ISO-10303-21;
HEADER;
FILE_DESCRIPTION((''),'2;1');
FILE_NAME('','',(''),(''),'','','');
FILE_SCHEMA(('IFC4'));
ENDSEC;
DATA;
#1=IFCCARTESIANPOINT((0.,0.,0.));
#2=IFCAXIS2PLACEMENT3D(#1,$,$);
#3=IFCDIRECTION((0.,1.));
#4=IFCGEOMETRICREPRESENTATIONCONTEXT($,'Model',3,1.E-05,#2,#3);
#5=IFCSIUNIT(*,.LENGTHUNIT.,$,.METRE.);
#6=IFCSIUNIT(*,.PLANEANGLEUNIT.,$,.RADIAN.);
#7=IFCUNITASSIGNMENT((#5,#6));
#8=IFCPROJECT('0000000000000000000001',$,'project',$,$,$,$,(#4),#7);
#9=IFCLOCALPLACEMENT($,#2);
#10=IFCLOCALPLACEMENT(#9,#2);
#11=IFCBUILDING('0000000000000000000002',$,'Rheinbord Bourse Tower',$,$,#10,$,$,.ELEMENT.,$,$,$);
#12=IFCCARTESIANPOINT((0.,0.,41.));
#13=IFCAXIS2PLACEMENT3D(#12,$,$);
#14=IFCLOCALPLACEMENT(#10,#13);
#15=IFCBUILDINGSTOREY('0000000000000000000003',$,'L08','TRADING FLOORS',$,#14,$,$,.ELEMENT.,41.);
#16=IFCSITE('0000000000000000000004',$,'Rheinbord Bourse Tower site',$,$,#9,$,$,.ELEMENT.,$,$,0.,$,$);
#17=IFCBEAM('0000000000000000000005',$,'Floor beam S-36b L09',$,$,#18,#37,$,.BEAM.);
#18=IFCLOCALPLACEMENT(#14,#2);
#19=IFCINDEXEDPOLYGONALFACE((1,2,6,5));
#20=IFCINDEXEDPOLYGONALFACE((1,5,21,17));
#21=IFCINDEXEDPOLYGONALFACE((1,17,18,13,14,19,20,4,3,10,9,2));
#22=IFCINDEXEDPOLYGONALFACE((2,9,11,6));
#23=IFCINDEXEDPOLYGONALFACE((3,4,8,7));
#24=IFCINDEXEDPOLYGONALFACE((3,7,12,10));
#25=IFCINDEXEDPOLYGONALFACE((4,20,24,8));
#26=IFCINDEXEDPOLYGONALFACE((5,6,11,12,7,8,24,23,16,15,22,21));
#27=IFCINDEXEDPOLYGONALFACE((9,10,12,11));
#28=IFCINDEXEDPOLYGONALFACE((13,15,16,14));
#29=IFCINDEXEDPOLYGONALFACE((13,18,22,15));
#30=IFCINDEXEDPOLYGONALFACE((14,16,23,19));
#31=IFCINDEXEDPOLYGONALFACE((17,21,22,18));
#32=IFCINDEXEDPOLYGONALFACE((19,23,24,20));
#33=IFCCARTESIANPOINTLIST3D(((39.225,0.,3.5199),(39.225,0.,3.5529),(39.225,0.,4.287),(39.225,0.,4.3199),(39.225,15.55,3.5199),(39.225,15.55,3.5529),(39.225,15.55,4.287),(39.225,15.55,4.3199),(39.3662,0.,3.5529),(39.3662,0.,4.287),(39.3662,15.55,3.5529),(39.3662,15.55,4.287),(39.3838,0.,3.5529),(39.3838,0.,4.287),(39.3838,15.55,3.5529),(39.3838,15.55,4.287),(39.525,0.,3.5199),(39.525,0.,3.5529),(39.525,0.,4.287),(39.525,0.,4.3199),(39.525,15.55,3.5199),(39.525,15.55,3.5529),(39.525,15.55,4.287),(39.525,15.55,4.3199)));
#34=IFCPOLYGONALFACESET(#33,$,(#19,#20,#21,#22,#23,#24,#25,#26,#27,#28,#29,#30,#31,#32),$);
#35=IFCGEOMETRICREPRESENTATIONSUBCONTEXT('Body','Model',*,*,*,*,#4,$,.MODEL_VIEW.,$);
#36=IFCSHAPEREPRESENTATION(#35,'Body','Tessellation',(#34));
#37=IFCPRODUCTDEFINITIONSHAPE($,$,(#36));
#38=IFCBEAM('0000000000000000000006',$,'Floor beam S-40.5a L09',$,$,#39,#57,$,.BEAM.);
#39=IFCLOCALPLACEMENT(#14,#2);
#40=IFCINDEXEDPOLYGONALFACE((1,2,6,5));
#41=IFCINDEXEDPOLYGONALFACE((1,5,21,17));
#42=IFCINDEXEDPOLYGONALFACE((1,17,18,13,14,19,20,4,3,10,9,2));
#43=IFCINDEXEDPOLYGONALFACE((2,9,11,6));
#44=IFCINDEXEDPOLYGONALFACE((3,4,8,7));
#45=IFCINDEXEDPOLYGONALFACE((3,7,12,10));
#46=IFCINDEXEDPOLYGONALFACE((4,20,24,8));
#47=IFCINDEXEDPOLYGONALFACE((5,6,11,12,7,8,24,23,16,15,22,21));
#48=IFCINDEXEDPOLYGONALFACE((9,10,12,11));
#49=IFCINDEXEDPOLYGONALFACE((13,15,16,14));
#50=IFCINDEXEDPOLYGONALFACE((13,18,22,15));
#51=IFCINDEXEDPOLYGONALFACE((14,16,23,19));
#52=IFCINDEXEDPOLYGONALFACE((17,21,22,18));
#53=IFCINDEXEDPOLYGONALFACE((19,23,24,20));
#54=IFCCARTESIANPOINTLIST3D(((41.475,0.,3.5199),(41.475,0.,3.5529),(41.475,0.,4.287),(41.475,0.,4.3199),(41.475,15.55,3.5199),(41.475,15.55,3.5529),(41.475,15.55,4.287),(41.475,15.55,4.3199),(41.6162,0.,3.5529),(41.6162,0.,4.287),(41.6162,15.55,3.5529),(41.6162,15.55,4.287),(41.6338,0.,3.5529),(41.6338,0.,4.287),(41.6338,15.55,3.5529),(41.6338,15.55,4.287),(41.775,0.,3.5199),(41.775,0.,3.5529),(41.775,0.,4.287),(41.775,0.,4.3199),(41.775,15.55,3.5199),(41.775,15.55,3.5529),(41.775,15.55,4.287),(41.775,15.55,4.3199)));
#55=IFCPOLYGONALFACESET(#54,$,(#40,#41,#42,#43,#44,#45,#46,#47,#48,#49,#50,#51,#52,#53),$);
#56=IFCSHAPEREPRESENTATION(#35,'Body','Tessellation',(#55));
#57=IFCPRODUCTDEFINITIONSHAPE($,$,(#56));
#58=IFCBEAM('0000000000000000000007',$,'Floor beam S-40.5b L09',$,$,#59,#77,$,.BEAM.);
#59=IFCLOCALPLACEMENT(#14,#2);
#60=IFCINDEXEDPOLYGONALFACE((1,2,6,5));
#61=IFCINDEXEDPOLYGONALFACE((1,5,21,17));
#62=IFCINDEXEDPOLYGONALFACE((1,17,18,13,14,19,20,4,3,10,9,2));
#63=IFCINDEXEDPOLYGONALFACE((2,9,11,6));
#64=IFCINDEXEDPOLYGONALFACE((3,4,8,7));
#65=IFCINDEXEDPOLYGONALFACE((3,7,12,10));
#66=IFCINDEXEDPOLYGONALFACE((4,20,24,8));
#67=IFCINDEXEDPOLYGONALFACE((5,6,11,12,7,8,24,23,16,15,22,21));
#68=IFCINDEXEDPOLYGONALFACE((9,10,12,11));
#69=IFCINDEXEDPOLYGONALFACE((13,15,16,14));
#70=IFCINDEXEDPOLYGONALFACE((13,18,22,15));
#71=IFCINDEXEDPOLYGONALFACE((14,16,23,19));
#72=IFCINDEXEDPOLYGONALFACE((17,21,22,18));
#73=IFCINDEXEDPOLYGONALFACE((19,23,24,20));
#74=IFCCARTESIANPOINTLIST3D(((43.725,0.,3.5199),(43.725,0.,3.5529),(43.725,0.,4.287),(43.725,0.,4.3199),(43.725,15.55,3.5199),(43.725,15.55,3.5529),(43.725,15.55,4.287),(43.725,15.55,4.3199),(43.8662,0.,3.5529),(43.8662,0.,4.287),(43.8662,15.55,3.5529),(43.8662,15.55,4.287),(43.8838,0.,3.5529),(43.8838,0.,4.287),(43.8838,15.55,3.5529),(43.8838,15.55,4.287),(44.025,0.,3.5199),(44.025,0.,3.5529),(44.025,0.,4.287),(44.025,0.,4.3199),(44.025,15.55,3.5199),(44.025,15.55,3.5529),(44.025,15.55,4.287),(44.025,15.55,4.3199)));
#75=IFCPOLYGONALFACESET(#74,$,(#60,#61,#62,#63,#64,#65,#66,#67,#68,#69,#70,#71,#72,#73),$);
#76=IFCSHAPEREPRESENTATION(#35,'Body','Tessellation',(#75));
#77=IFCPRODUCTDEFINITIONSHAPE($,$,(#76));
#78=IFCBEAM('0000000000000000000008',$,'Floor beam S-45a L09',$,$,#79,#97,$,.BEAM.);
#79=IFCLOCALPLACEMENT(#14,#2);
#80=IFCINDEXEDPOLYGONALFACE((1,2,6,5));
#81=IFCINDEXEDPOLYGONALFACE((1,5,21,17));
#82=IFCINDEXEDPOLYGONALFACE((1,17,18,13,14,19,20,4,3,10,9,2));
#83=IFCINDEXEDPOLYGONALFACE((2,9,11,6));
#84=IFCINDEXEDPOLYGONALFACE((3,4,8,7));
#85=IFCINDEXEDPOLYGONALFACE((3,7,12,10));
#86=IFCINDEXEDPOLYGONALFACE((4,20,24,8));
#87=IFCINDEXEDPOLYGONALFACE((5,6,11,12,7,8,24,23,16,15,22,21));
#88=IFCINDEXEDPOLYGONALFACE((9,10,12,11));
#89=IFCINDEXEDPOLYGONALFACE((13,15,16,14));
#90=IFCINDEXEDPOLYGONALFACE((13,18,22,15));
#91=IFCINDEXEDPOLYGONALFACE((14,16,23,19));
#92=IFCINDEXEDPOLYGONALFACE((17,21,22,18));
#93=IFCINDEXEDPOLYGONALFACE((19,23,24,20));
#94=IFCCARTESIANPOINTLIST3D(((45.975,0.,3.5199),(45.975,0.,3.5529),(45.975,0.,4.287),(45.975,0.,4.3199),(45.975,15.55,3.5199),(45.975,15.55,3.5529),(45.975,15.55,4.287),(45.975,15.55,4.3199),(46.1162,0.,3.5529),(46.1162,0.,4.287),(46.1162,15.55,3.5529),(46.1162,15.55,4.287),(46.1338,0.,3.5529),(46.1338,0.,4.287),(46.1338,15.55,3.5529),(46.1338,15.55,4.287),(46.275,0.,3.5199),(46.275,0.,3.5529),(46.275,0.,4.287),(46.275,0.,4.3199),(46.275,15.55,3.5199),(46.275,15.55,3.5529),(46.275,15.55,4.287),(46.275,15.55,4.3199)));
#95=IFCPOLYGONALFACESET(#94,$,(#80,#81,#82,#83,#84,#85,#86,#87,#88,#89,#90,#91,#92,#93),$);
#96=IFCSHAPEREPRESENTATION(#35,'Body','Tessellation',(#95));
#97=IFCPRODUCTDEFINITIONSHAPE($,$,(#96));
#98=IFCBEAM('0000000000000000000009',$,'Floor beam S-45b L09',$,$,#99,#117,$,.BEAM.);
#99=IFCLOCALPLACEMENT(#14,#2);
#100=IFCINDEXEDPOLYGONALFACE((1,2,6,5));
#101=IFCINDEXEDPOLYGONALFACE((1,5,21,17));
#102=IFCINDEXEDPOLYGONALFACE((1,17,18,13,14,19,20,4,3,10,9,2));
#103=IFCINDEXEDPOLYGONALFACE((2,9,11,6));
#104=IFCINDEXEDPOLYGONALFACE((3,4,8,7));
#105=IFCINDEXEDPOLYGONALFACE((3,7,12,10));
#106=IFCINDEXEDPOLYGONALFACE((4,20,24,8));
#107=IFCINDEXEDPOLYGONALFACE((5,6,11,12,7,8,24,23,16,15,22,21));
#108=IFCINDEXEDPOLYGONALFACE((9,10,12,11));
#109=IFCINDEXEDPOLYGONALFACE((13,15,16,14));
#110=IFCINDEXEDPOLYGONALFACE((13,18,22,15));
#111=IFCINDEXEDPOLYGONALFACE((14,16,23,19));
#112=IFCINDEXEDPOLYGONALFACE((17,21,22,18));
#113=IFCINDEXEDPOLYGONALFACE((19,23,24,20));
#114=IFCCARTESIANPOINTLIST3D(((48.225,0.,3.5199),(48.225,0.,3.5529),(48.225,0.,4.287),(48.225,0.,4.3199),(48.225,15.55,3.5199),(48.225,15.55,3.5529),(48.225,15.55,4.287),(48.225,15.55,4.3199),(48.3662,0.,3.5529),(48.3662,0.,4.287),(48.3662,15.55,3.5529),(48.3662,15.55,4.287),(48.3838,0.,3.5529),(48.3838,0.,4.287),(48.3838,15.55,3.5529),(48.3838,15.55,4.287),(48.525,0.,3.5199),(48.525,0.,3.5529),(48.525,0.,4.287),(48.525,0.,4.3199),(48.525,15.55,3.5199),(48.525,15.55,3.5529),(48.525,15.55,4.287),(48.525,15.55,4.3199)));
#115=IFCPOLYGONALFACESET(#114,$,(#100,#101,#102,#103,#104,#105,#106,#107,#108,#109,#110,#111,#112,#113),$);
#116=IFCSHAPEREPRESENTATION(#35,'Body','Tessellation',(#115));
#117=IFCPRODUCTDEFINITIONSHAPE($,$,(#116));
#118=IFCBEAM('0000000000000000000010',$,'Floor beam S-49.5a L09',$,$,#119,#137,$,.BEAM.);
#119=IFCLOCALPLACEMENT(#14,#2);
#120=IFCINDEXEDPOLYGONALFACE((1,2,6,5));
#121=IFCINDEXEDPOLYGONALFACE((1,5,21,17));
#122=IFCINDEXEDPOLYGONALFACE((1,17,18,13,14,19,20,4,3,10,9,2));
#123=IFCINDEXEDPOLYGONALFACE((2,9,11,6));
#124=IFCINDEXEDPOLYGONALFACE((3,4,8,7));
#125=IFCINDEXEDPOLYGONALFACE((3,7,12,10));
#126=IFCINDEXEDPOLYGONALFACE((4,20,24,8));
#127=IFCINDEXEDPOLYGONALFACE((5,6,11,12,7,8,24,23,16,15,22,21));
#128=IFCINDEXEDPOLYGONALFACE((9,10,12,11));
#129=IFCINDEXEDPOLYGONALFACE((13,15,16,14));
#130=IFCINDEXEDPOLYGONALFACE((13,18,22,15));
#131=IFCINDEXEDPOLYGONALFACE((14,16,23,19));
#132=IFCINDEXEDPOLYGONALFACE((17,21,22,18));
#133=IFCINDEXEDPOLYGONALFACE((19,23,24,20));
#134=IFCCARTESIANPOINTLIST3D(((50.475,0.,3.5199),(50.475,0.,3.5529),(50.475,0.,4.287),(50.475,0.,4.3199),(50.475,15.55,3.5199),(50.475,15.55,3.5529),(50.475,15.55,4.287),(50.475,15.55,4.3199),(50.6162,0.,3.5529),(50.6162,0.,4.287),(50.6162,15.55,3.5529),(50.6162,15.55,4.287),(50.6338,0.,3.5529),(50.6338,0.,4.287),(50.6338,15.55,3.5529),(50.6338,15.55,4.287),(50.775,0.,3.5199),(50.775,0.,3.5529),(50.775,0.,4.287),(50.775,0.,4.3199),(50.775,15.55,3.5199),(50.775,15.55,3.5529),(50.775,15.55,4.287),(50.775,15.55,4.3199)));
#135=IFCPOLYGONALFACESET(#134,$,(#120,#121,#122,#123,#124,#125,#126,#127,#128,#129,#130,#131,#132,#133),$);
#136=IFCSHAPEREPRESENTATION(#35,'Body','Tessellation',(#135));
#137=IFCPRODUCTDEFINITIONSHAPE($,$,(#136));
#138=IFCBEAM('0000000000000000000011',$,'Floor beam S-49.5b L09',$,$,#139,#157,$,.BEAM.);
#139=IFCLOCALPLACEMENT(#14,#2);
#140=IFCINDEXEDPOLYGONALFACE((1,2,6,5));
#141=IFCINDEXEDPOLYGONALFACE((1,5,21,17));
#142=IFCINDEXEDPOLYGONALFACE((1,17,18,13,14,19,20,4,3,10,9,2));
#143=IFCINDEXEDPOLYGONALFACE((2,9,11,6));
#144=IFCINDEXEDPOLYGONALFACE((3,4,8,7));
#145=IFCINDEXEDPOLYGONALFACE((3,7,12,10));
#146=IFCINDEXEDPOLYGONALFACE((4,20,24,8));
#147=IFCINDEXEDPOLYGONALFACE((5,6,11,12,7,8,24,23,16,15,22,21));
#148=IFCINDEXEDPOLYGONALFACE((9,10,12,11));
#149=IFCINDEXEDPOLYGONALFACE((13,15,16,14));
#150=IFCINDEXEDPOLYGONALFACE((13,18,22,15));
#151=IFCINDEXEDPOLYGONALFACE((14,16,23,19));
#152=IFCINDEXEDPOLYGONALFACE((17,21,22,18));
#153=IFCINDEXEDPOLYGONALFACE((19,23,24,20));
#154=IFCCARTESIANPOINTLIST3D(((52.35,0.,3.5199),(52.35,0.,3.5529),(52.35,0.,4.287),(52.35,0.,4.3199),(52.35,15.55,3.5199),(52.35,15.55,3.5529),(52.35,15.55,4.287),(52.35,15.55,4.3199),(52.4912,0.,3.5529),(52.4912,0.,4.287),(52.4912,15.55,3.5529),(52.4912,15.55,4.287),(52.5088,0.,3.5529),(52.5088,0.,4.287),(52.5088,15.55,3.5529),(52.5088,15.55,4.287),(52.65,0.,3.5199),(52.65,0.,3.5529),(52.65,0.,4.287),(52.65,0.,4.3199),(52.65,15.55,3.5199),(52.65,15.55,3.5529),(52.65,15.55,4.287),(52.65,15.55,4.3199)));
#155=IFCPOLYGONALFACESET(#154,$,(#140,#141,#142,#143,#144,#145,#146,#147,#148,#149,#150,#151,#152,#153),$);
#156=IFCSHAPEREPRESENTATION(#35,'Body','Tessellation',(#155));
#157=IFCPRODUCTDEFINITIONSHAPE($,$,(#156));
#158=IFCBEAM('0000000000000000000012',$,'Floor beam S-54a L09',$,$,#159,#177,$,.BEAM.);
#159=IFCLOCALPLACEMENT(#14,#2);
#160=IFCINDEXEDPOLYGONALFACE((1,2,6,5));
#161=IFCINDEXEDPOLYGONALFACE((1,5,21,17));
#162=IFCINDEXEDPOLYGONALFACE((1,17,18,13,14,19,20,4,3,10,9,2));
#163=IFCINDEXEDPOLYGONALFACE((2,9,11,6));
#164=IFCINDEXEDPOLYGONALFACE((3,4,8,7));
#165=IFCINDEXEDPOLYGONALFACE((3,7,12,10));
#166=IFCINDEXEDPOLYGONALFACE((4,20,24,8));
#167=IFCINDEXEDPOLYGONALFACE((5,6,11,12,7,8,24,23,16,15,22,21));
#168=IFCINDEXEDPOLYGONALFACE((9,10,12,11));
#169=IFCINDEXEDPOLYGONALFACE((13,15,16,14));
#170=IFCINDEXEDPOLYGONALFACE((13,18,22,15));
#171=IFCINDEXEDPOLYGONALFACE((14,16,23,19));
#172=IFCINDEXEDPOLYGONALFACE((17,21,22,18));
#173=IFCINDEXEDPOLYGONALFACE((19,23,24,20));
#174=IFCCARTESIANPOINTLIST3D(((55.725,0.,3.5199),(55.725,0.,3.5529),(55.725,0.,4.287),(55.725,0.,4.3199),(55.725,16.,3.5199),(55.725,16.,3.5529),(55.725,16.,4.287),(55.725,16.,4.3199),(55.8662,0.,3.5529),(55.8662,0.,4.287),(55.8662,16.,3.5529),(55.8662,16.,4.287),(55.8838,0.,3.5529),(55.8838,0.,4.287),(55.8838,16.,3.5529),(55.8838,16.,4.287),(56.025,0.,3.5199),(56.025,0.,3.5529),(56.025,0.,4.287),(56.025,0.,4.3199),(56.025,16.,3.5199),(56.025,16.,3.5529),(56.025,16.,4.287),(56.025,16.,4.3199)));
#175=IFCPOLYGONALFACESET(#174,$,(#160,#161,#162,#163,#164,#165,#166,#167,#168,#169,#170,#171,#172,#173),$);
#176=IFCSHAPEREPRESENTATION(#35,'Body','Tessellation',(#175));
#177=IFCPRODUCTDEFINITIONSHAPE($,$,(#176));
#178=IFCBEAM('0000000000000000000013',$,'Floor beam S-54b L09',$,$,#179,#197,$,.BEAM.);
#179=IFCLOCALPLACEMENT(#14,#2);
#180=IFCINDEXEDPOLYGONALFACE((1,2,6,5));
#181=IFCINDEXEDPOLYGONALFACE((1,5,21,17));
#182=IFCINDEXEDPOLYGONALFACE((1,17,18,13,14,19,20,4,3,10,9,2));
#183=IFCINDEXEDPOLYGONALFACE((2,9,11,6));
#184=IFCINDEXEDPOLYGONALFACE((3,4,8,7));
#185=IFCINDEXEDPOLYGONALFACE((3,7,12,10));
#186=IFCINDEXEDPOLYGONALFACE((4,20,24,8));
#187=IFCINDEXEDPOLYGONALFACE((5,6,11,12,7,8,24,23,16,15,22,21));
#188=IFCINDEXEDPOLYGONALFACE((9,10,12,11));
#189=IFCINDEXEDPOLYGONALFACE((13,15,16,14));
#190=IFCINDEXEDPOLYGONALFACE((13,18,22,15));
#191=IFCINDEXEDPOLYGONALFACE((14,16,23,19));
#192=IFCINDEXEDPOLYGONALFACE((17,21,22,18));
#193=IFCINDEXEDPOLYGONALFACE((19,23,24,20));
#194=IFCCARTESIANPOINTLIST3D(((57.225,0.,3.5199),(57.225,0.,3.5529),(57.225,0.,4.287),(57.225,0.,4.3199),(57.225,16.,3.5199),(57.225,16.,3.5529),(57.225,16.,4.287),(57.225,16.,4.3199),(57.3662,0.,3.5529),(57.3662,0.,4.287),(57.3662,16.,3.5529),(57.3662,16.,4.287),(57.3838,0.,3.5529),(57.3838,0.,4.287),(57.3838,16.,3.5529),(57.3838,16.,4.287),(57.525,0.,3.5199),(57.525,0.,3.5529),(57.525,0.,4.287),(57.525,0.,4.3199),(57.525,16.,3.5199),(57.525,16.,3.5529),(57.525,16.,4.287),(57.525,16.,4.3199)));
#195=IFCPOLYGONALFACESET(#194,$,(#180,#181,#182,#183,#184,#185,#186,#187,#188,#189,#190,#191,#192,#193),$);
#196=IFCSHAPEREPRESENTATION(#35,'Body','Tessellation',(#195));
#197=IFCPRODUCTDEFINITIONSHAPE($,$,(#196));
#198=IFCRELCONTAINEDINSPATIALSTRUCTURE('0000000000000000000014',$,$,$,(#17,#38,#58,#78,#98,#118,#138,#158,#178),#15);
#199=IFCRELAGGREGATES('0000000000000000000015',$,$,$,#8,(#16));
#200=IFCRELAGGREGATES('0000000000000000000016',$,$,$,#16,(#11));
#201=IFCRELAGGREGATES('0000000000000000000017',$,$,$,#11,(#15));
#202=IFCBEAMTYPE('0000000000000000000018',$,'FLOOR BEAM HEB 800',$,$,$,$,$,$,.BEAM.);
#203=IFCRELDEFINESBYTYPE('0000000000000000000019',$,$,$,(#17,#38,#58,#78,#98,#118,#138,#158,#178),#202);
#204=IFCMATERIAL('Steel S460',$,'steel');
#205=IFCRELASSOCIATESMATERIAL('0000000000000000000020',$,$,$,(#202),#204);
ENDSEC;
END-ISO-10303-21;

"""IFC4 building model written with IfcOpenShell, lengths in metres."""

from ifc_helpers import new_model, si_unit, direction, frame, origin, origin_2d, place, context, subcontext, project, spatial, i_section, extrude, material, material_profile, profile_set, type_object, element, save


model = new_model("IFC4")

# Units and contexts
model_context = context("Model", 3, precision=1e-05, world=origin(), true_north=direction((0.0, 1.0)))
body_context = subcontext(model_context, "Body", "Model", "MODEL_VIEW")
ifc_project = project(units=[si_unit("LENGTHUNIT", "METRE"), si_unit("PLANEANGLEUNIT", "RADIAN")], contexts=[model_context])

# Site, building, storey
site_placement = place(None, origin())
site = spatial("IfcSite", under=ifc_project, at=site_placement, Name="Rheinbord Bourse Tower site", CompositionType="ELEMENT", RefElevation=0.0)
building_placement = place(site_placement, origin())
building = spatial("IfcBuilding", under=site, at=building_placement, Name="Rheinbord Bourse Tower", CompositionType="ELEMENT")
storey_placement = place(building_placement, frame((0.0, 0.0, 41.0)))
storey = spatial("IfcBuildingStorey", under=building, at=storey_placement, Name="L08", Description="TRADING FLOORS", CompositionType="ELEMENT", Elevation=41.0)

# Beams
ifc_material_1 = material(Name="Steel S460", Category="steel")
ifc_material_profile_1 = material_profile(ifc_material_1, i_section(OverallWidth=0.3, OverallDepth=0.8, WebThickness=0.0176, FlangeThickness=0.033, at=origin_2d()), Name="HEB 800")
ifc_profile_set_1 = profile_set([ifc_material_profile_1], Name="Steel S460")
beam_type_1 = type_object("IfcBeamType", Name="FLOOR BEAM HEB 800", PredefinedType="BEAM", material=ifc_profile_set_1)
for number, where, z_axis, x_axis, name in (
    (1, (39.375, 0.0, 3.9199), (0.0, 1.0, 0.0), (-1.0, 0.0, 0.0), "Floor beam S-36b L09"),
    (2, (41.625, 0.0, 3.9199), (0.0, 1.0, 0.0), (-1.0, 0.0, 0.0), "Floor beam S-40.5a L09"),
    (3, (43.875, 0.0, 3.9199), (0.0, 1.0, 0.0), (-1.0, 0.0, 0.0), "Floor beam S-40.5b L09"),
    (4, (46.125, 0.0, 3.9199), (0.0, 1.0, 0.0), (-1.0, 0.0, 0.0), "Floor beam S-45a L09"),
    (5, (48.375, 0.0, 3.9199), (0.0, 1.0, 0.0), (-1.0, 0.0, 0.0), "Floor beam S-45b L09"),
    (6, (50.625, 0.0, 3.9199), (0.0, 1.0, 0.0), (-1.0, 0.0, 0.0), "Floor beam S-49.5a L09"),
    (7, (52.5, 0.0, 3.9199), (0.0, 1.0, 0.0), (-1.0, 0.0, 0.0), "Floor beam S-49.5b L09"),
):
    element("IfcBeam", number, at=place(storey_placement, frame(where, z_axis=z_axis, x_axis=x_axis)), inside=storey, type_object=beam_type_1, Name=name, PredefinedType="BEAM", context=body_context, shape_type="SweptSolid", body=[
        extrude(i_section(OverallWidth=0.3, OverallDepth=0.8, WebThickness=0.0176, FlangeThickness=0.033, at=origin_2d()), origin(), (0.0, 0.0, 1.0), 15.55),
    ])
for number, where, z_axis, x_axis, name in (
    (8, (55.875, 0.0, 3.9199), (0.0, 1.0, 0.0), (-1.0, 0.0, 0.0), "Floor beam S-54a L09"),
    (9, (57.375, 0.0, 3.9199), (0.0, 1.0, 0.0), (-1.0, 0.0, 0.0), "Floor beam S-54b L09"),
):
    element("IfcBeam", number, at=place(storey_placement, frame(where, z_axis=z_axis, x_axis=x_axis)), inside=storey, type_object=beam_type_1, Name=name, PredefinedType="BEAM", context=body_context, shape_type="SweptSolid", body=[
        extrude(i_section(OverallWidth=0.3, OverallDepth=0.8, WebThickness=0.0176, FlangeThickness=0.033, at=origin_2d()), origin(), (0.0, 0.0, 1.0), 16.0),
    ])

save(model, "model.ifc")
